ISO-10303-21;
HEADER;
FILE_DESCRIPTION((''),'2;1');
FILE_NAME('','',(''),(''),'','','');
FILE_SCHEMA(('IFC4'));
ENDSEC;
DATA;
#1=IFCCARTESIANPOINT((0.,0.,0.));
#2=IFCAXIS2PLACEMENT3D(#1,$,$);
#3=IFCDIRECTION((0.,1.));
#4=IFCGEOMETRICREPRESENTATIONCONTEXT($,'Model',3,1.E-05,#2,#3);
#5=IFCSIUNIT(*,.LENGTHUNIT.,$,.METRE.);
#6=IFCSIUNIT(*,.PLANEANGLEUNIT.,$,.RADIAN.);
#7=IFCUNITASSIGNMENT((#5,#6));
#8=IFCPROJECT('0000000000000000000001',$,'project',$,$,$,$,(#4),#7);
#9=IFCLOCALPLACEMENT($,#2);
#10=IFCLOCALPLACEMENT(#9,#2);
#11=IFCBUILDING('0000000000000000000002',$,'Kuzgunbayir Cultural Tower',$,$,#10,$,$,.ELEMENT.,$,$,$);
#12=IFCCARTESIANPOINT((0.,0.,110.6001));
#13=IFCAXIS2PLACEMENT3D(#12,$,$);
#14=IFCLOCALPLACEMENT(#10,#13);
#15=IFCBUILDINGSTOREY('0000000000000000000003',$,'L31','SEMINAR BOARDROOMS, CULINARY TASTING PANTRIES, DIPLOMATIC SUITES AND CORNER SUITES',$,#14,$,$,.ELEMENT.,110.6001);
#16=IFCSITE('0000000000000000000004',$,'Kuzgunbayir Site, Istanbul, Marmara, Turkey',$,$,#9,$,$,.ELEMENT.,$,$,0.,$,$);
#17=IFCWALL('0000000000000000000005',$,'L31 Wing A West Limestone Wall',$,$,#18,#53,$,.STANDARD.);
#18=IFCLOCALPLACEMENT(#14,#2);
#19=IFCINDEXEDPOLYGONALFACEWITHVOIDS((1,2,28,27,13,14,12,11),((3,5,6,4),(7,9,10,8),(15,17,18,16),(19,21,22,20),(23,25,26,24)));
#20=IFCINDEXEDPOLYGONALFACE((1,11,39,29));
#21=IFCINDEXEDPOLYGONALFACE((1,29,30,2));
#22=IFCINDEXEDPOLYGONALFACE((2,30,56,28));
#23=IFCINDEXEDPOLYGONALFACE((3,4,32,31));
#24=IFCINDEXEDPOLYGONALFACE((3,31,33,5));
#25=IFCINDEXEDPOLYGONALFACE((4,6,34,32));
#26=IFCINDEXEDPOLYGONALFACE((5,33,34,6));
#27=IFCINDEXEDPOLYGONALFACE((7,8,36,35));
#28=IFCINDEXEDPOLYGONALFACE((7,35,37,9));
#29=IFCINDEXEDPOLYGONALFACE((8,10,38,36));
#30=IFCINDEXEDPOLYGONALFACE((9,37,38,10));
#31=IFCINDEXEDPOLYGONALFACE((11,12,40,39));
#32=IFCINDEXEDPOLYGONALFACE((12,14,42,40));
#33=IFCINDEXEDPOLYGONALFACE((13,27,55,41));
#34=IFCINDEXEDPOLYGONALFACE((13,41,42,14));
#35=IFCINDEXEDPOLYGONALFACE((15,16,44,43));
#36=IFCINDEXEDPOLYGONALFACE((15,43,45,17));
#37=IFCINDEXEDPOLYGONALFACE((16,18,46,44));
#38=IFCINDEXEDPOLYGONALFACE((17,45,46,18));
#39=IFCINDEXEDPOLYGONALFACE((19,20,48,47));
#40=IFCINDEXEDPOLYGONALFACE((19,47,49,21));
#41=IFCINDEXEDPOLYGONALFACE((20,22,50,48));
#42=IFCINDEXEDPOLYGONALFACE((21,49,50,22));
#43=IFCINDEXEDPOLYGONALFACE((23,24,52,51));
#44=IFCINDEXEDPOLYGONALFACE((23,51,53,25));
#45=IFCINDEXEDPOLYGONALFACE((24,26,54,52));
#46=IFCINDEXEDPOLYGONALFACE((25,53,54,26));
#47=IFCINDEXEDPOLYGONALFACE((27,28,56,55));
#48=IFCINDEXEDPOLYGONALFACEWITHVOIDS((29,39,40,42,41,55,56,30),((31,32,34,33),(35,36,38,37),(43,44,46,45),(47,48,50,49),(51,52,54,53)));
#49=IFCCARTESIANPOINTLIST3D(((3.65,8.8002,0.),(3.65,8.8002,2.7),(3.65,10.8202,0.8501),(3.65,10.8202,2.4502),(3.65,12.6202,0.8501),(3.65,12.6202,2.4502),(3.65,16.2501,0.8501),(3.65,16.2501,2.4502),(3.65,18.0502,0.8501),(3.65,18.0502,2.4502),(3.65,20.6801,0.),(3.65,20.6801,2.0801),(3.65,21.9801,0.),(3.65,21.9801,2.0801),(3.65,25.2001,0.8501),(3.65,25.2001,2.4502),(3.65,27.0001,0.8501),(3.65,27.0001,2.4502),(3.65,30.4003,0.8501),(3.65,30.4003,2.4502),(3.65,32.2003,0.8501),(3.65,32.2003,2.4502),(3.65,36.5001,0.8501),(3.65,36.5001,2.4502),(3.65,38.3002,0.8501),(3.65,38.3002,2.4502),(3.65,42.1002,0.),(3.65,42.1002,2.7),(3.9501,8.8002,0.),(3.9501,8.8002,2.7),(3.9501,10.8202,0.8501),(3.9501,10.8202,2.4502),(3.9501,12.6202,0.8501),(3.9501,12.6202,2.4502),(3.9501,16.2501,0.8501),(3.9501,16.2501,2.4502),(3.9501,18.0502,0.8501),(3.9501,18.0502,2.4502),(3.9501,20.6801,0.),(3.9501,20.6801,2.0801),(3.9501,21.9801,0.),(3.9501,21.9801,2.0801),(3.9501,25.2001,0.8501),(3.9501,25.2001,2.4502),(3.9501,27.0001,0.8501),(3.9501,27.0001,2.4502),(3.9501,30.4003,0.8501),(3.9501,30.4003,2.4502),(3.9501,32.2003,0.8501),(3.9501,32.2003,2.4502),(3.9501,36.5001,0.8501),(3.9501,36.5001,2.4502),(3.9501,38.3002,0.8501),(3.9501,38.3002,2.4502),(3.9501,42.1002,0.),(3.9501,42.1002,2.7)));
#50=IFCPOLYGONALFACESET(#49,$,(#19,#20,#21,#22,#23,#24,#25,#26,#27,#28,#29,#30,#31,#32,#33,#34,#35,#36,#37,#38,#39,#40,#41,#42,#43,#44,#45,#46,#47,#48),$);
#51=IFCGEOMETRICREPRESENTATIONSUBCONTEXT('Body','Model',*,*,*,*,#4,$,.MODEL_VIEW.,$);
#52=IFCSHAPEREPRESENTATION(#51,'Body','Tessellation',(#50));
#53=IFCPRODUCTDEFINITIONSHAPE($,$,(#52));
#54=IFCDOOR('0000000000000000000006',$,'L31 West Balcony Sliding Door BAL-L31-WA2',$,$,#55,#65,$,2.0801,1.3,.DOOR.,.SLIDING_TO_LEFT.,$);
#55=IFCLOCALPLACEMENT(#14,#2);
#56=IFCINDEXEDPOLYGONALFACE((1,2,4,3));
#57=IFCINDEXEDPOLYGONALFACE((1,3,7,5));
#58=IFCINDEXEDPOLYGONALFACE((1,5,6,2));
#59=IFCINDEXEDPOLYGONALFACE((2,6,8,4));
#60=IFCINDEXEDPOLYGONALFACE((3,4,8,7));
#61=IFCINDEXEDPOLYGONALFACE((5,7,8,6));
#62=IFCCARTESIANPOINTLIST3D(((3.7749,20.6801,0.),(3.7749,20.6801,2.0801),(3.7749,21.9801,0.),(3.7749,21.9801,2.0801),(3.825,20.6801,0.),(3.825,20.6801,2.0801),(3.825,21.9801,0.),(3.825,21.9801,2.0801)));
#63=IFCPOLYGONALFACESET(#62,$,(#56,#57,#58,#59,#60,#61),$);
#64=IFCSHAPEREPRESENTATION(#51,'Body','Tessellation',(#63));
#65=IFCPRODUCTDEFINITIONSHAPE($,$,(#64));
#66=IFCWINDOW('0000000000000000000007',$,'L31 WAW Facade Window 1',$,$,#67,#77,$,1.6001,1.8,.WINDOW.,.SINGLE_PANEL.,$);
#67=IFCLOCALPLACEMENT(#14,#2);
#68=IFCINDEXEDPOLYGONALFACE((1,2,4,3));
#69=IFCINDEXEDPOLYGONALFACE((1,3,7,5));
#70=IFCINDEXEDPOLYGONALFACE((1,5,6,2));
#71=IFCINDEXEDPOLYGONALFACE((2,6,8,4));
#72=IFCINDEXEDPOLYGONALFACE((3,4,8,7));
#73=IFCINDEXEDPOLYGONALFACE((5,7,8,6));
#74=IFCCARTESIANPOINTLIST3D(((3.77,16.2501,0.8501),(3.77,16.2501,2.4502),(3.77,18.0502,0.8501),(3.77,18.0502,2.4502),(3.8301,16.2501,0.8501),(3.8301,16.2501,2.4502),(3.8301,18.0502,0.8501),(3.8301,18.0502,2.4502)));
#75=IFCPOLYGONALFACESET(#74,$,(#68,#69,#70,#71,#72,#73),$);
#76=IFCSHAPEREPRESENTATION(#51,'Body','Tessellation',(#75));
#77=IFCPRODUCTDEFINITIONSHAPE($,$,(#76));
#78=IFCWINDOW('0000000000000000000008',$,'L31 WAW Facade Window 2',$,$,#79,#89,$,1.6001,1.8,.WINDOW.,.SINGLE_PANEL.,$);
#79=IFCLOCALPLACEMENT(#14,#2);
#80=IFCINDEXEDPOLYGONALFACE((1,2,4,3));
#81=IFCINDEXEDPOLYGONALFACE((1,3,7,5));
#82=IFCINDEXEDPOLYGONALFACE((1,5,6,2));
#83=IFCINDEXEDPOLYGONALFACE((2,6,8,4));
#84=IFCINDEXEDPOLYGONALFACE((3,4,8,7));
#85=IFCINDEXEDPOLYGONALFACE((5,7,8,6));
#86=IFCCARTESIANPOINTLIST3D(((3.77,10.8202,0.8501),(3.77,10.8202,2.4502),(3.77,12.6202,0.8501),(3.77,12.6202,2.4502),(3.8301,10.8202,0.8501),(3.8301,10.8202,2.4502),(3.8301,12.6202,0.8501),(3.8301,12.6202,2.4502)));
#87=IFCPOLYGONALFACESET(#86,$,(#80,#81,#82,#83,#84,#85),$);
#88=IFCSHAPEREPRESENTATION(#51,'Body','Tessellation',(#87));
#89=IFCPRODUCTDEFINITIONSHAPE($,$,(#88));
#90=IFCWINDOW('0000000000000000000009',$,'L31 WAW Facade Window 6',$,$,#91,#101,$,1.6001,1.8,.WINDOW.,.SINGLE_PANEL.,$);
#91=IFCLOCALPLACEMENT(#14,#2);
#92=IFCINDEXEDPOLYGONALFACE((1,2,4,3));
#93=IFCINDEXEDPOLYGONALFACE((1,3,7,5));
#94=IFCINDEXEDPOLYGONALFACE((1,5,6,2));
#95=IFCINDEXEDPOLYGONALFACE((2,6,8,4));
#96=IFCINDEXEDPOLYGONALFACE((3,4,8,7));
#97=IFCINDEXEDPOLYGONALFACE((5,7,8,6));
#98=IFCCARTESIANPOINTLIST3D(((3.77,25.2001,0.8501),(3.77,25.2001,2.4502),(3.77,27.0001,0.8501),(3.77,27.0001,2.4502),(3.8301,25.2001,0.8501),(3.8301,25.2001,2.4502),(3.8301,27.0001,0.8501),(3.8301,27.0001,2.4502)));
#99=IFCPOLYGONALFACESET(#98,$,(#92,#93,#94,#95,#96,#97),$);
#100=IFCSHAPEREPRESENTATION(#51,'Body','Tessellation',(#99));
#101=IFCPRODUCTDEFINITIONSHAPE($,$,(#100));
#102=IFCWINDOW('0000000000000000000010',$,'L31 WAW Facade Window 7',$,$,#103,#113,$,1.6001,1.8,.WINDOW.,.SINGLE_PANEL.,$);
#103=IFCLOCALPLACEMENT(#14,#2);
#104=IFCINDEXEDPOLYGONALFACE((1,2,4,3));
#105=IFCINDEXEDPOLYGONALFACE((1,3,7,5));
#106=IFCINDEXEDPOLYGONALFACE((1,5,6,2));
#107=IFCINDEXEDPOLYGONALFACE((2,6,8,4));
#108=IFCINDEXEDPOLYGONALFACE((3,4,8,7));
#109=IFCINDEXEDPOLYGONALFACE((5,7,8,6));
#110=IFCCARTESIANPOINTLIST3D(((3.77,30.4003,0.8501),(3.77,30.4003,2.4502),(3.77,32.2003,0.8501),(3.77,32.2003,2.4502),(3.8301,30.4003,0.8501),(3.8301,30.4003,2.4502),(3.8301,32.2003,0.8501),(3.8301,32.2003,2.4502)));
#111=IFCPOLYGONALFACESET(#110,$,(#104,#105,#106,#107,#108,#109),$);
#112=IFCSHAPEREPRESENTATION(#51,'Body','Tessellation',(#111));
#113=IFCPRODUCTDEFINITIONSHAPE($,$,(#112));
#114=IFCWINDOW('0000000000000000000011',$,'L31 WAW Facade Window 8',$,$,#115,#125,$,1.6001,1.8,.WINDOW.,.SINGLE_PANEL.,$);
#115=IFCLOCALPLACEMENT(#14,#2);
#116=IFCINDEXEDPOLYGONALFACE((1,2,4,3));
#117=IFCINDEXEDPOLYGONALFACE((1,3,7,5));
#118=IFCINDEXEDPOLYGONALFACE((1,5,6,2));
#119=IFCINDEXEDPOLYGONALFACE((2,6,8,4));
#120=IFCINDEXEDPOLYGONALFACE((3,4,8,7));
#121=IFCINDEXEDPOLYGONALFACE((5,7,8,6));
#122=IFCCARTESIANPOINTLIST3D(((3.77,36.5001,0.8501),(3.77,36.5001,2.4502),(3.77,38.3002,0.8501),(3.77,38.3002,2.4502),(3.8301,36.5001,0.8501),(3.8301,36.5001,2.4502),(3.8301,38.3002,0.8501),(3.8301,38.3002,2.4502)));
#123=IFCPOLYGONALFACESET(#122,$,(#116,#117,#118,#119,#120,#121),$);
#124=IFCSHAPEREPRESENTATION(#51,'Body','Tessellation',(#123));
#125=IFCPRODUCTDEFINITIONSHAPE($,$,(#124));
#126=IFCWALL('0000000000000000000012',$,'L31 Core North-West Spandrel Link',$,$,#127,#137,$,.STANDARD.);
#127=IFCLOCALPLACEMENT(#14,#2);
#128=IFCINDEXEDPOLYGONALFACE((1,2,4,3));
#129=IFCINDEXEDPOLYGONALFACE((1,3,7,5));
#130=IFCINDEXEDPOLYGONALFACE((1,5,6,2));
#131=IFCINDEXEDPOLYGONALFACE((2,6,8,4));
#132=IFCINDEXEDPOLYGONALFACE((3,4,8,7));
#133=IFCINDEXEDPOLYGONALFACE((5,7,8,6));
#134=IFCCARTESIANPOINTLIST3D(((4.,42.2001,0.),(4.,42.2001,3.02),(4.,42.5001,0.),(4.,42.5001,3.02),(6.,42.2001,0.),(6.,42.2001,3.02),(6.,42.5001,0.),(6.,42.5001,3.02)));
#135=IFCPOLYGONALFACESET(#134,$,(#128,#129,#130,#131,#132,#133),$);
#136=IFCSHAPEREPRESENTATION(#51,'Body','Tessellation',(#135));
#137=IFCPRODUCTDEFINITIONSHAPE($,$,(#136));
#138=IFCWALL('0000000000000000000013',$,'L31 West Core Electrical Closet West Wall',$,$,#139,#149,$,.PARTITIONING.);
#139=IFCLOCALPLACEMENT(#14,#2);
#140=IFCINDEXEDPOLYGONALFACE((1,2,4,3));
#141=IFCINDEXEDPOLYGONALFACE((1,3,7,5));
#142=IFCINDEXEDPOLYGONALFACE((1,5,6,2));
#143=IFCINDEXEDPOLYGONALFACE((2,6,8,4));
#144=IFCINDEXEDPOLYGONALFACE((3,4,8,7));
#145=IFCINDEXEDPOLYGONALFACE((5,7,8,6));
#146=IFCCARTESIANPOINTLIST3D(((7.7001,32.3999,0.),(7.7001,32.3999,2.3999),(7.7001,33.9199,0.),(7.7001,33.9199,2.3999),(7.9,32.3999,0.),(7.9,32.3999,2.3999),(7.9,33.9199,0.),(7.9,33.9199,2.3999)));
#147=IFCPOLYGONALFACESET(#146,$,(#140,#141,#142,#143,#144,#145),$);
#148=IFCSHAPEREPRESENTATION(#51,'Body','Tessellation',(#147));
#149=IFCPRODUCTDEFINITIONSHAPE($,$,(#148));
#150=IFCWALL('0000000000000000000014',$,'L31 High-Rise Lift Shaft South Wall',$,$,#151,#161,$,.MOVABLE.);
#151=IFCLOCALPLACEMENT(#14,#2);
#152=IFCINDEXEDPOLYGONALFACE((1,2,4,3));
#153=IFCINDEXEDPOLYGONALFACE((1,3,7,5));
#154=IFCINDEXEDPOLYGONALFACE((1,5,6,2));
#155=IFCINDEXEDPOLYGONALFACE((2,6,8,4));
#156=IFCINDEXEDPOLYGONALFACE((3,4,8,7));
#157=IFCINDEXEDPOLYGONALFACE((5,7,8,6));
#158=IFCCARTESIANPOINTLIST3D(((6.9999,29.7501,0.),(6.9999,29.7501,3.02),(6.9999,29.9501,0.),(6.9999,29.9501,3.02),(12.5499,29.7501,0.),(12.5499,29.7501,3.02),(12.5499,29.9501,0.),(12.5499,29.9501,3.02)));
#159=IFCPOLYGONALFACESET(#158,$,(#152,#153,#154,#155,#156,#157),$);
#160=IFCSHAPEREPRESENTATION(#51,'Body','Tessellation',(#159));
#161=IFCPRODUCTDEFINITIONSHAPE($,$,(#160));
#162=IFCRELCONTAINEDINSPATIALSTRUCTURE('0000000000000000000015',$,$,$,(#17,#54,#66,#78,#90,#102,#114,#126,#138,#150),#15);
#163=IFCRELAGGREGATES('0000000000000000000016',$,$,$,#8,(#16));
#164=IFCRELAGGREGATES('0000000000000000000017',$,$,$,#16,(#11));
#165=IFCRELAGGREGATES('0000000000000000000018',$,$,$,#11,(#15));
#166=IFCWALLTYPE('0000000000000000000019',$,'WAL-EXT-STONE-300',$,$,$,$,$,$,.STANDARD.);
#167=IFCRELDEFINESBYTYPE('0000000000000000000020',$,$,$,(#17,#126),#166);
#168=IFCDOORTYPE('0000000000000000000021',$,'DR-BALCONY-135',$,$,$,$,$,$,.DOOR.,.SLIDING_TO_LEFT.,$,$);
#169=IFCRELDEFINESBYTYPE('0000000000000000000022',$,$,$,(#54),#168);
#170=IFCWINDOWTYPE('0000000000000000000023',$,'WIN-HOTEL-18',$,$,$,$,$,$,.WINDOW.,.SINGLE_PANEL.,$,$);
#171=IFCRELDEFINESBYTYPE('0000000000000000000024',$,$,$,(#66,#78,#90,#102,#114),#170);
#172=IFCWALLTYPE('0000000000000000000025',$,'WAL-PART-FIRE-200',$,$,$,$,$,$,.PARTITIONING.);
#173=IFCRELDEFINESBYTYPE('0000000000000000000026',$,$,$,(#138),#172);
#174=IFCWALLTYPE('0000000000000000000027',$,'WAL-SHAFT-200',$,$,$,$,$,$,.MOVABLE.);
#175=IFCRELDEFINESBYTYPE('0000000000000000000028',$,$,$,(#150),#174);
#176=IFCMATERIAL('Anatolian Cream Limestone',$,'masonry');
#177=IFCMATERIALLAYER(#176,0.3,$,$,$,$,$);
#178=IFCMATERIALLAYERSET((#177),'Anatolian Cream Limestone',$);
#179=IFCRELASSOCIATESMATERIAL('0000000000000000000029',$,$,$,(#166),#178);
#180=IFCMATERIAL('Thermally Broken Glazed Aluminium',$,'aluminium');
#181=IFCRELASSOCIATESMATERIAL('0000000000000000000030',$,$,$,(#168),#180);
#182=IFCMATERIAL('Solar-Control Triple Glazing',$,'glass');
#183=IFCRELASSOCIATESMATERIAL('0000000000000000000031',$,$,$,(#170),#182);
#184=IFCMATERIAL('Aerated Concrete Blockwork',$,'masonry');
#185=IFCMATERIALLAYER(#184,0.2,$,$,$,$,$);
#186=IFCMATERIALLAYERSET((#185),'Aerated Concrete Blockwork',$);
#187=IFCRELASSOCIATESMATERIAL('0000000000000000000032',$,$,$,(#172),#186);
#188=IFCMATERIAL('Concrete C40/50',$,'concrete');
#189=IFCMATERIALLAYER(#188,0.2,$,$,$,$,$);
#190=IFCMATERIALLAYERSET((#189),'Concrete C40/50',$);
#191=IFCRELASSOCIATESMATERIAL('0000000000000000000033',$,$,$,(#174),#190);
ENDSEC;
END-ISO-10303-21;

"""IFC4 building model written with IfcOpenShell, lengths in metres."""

from ifc_helpers import new_model, si_unit, direction, frame, frame_2d, origin, place, context, subcontext, project, spatial, rectangle, extrude, material, layer, layer_set, type_object, element, fill, save


model = new_model("IFC4")

# Units and contexts
model_context = context("Model", 3, precision=1e-05, world=origin(), true_north=direction((0.0, 1.0)))
body_context = subcontext(model_context, "Body", "Model", "MODEL_VIEW")
ifc_project = project(units=[si_unit("LENGTHUNIT", "METRE"), si_unit("PLANEANGLEUNIT", "RADIAN")], contexts=[model_context])

# Site, building, storey
site_placement = place(None, origin())
site = spatial("IfcSite", under=ifc_project, at=site_placement, Name="Kuzgunbayir Site, Istanbul, Marmara, Turkey", CompositionType="ELEMENT", RefElevation=0.0)
building_placement = place(site_placement, origin())
building = spatial("IfcBuilding", under=site, at=building_placement, Name="Kuzgunbayir Cultural Tower", CompositionType="ELEMENT")
storey_placement = place(building_placement, frame((0.0, 0.0, 110.6001)))
storey = spatial("IfcBuildingStorey", under=building, at=storey_placement, Name="L31", Description="SEMINAR BOARDROOMS, CULINARY TASTING PANTRIES, DIPLOMATIC SUITES AND CORNER SUITES", CompositionType="ELEMENT", Elevation=110.6001)

# Wall, openings, door, windows
ifc_material_1 = material(Name="Anatolian Cream Limestone", Category="masonry")
ifc_layer_1 = layer(ifc_material_1, 0.3)
ifc_layer_set_1 = layer_set([ifc_layer_1], Name="Anatolian Cream Limestone")
wall_type_1 = type_object("IfcWallType", Name="WAL-EXT-STONE-300", PredefinedType="STANDARD", material=ifc_layer_set_1)
wall_1_placement = place(storey_placement, frame((3.8, 42.1001, 0.0), z_axis=(0.0, 0.0, 1.0), x_axis=(0.0, -1.0, 0.0)))
wall_1 = element("IfcWall", 1, at=wall_1_placement, inside=storey, type_object=wall_type_1, Name="L31 Wing A West Limestone Wall", PredefinedType="STANDARD", context=body_context, shape_type="SweptSolid", body=[
    extrude(rectangle(XDim=33.3, YDim=0.3, at=frame_2d((16.6499, 0.0))), origin(), (0.0, 0.0, 1.0), 2.7),
])
opening_1_placement = place(wall_1_placement, frame((20.1201, 0.0, 0.0)))
opening_1 = element("IfcOpeningElement", 2, at=opening_1_placement, cuts=wall_1, PredefinedType="OPENING", context=body_context, shape_type="SweptSolid", body=[
    extrude(rectangle(XDim=1.3, YDim=2.0801, at=frame_2d((0.6499, 1.04))), frame((0.0, 0.1602, 0.0), z_axis=(0.0, -1.0, 0.0), x_axis=(1.0, 0.0, 0.0)), (0.0, 0.0, 1.0), 0.3201),
])
opening_2_placement = place(wall_1_placement, frame((24.05, 0.0, 0.8501)))
opening_2 = element("IfcOpeningElement", 3, at=opening_2_placement, cuts=wall_1, PredefinedType="OPENING", context=body_context, shape_type="SweptSolid", body=[
    extrude(rectangle(XDim=1.8, YDim=1.6001, at=frame_2d((0.8999, 0.8))), frame((0.0, 0.1602, 0.0), z_axis=(0.0, -1.0, 0.0), x_axis=(1.0, 0.0, 0.0)), (0.0, 0.0, 1.0), 0.3201),
])
opening_3_placement = place(wall_1_placement, frame((29.48, 0.0, 0.8501)))
opening_3 = element("IfcOpeningElement", 4, at=opening_3_placement, cuts=wall_1, PredefinedType="OPENING", context=body_context, shape_type="SweptSolid", body=[
    extrude(rectangle(XDim=1.8, YDim=1.6001, at=frame_2d((0.8999, 0.8))), frame((0.0, 0.1602, 0.0), z_axis=(0.0, -1.0, 0.0), x_axis=(1.0, 0.0, 0.0)), (0.0, 0.0, 1.0), 0.3201),
])
opening_4_placement = place(wall_1_placement, frame((15.1001, 0.0, 0.8501)))
opening_4 = element("IfcOpeningElement", 5, at=opening_4_placement, cuts=wall_1, PredefinedType="OPENING", context=body_context, shape_type="SweptSolid", body=[
    extrude(rectangle(XDim=1.8, YDim=1.6001, at=frame_2d((0.8999, 0.8))), frame((0.0, 0.1602, 0.0), z_axis=(0.0, -1.0, 0.0), x_axis=(1.0, 0.0, 0.0)), (0.0, 0.0, 1.0), 0.3201),
])
opening_5_placement = place(wall_1_placement, frame((9.8999, 0.0, 0.8501)))
opening_5 = element("IfcOpeningElement", 6, at=opening_5_placement, cuts=wall_1, PredefinedType="OPENING", context=body_context, shape_type="SweptSolid", body=[
    extrude(rectangle(XDim=1.8, YDim=1.6001, at=frame_2d((0.8999, 0.8))), frame((0.0, 0.1602, 0.0), z_axis=(0.0, -1.0, 0.0), x_axis=(1.0, 0.0, 0.0)), (0.0, 0.0, 1.0), 0.3201),
])
opening_6_placement = place(wall_1_placement, frame((3.8, 0.0, 0.8501)))
opening_6 = element("IfcOpeningElement", 7, at=opening_6_placement, cuts=wall_1, PredefinedType="OPENING", context=body_context, shape_type="SweptSolid", body=[
    extrude(rectangle(XDim=1.8, YDim=1.6001, at=frame_2d((0.8999, 0.8))), frame((0.0, 0.1602, 0.0), z_axis=(0.0, -1.0, 0.0), x_axis=(1.0, 0.0, 0.0)), (0.0, 0.0, 1.0), 0.3201),
])
ifc_material_2 = material(Name="Thermally Broken Glazed Aluminium", Category="aluminium")
door_type = type_object("IfcDoorType", Name="DR-BALCONY-135", OperationType="SLIDING_TO_LEFT", PredefinedType="DOOR", material=ifc_material_2)
door_placement = place(opening_1_placement, origin())
door = element("IfcDoor", 8, at=door_placement, inside=storey, type_object=door_type, Name="L31 West Balcony Sliding Door BAL-L31-WA2", OperationType="SLIDING_TO_LEFT", OverallHeight=2.0801, OverallWidth=1.3, PredefinedType="DOOR", context=body_context, shape_type="SweptSolid", body=[
    extrude(rectangle(XDim=1.3, YDim=2.0801, at=frame_2d((0.6499, 1.04))), frame((0.0, 0.0249, 0.0), z_axis=(0.0, -1.0, 0.0), x_axis=(1.0, 0.0, 0.0)), (0.0, 0.0, 1.0), 0.05),
])
fill(opening_1, door)
ifc_material_3 = material(Name="Solar-Control Triple Glazing", Category="glass")
window_type = type_object("IfcWindowType", Name="WIN-HOTEL-18", PartitioningType="SINGLE_PANEL", PredefinedType="WINDOW", material=ifc_material_3)
window_1_placement = place(opening_2_placement, origin())
window_1 = element("IfcWindow", 9, at=window_1_placement, inside=storey, type_object=window_type, Name="L31 WAW Facade Window 1", OverallHeight=1.6001, OverallWidth=1.8, PartitioningType="SINGLE_PANEL", PredefinedType="WINDOW", context=body_context, shape_type="SweptSolid", body=[
    extrude(rectangle(XDim=1.8, YDim=1.6001, at=frame_2d((0.8999, 0.8))), frame((0.0, 0.03, 0.0), z_axis=(0.0, -1.0, 0.0), x_axis=(1.0, 0.0, 0.0)), (0.0, 0.0, 1.0), 0.0601),
])
fill(opening_2, window_1)
window_2_placement = place(opening_3_placement, origin())
window_2 = element("IfcWindow", 10, at=window_2_placement, inside=storey, type_object=window_type, Name="L31 WAW Facade Window 2", OverallHeight=1.6001, OverallWidth=1.8, PartitioningType="SINGLE_PANEL", PredefinedType="WINDOW", context=body_context, shape_type="SweptSolid", body=[
    extrude(rectangle(XDim=1.8, YDim=1.6001, at=frame_2d((0.8999, 0.8))), frame((0.0, 0.03, 0.0), z_axis=(0.0, -1.0, 0.0), x_axis=(1.0, 0.0, 0.0)), (0.0, 0.0, 1.0), 0.0601),
])
fill(opening_3, window_2)
window_3_placement = place(opening_4_placement, origin())
window_3 = element("IfcWindow", 11, at=window_3_placement, inside=storey, type_object=window_type, Name="L31 WAW Facade Window 6", OverallHeight=1.6001, OverallWidth=1.8, PartitioningType="SINGLE_PANEL", PredefinedType="WINDOW", context=body_context, shape_type="SweptSolid", body=[
    extrude(rectangle(XDim=1.8, YDim=1.6001, at=frame_2d((0.8999, 0.8))), frame((0.0, 0.03, 0.0), z_axis=(0.0, -1.0, 0.0), x_axis=(1.0, 0.0, 0.0)), (0.0, 0.0, 1.0), 0.0601),
])
fill(opening_4, window_3)
window_4_placement = place(opening_5_placement, origin())
window_4 = element("IfcWindow", 12, at=window_4_placement, inside=storey, type_object=window_type, Name="L31 WAW Facade Window 7", OverallHeight=1.6001, OverallWidth=1.8, PartitioningType="SINGLE_PANEL", PredefinedType="WINDOW", context=body_context, shape_type="SweptSolid", body=[
    extrude(rectangle(XDim=1.8, YDim=1.6001, at=frame_2d((0.8999, 0.8))), frame((0.0, 0.03, 0.0), z_axis=(0.0, -1.0, 0.0), x_axis=(1.0, 0.0, 0.0)), (0.0, 0.0, 1.0), 0.0601),
])
fill(opening_5, window_4)
window_5_placement = place(opening_6_placement, origin())
window_5 = element("IfcWindow", 13, at=window_5_placement, inside=storey, type_object=window_type, Name="L31 WAW Facade Window 8", OverallHeight=1.6001, OverallWidth=1.8, PartitioningType="SINGLE_PANEL", PredefinedType="WINDOW", context=body_context, shape_type="SweptSolid", body=[
    extrude(rectangle(XDim=1.8, YDim=1.6001, at=frame_2d((0.8999, 0.8))), frame((0.0, 0.03, 0.0), z_axis=(0.0, -1.0, 0.0), x_axis=(1.0, 0.0, 0.0)), (0.0, 0.0, 1.0), 0.0601),
])
fill(opening_6, window_5)

# Walls
wall_2_placement = place(storey_placement, frame((6.0, 42.3501, 0.0), z_axis=(0.0, 0.0, 1.0), x_axis=(-1.0, 0.0, 0.0)))
element("IfcWall", 14, at=wall_2_placement, inside=storey, type_object=wall_type_1, Name="L31 Core North-West Spandrel Link", PredefinedType="STANDARD", context=body_context, shape_type="SweptSolid", body=[
    extrude(rectangle(XDim=2.0, YDim=0.3, at=frame_2d((1.0, 0.0))), origin(), (0.0, 0.0, 1.0), 3.02),
])
ifc_material_4 = material(Name="Aerated Concrete Blockwork", Category="masonry")
ifc_layer_2 = layer(ifc_material_4, 0.2)
ifc_layer_set_2 = layer_set([ifc_layer_2], Name="Aerated Concrete Blockwork")
wall_type_2 = type_object("IfcWallType", Name="WAL-PART-FIRE-200", PredefinedType="PARTITIONING", material=ifc_layer_set_2)
wall_3_placement = place(storey_placement, frame((7.8, 32.3999, 0.0), z_axis=(0.0, 0.0, 1.0), x_axis=(0.0, 1.0, 0.0)))
element("IfcWall", 15, at=wall_3_placement, inside=storey, type_object=wall_type_2, Name="L31 West Core Electrical Closet West Wall", PredefinedType="PARTITIONING", context=body_context, shape_type="SweptSolid", body=[
    extrude(rectangle(XDim=1.52, YDim=0.2, at=frame_2d((0.76, 0.0))), origin(), (0.0, 0.0, 1.0), 2.3999),
])
ifc_material_5 = material(Name="Concrete C40/50", Category="concrete")
ifc_layer_3 = layer(ifc_material_5, 0.2)
ifc_layer_set_3 = layer_set([ifc_layer_3], Name="Concrete C40/50")
wall_type_3 = type_object("IfcWallType", Name="WAL-SHAFT-200", PredefinedType="MOVABLE", material=ifc_layer_set_3)
for number, where, z_axis, x_axis, name in (
    (16, (7.0, 29.8501, 0.0), (0.0, 0.0, 1.0), (1.0, 0.0, 0.0), "L31 High-Rise Lift Shaft South Wall"),
):
    element("IfcWall", number, at=place(storey_placement, frame(where, z_axis=z_axis, x_axis=x_axis)), inside=storey, type_object=wall_type_3, Name=name, PredefinedType="MOVABLE", context=body_context, shape_type="SweptSolid", body=[
        extrude(rectangle(XDim=5.55, YDim=0.2, at=frame_2d((2.7749, 0.0))), origin(), (0.0, 0.0, 1.0), 3.02),
    ])

save(model, "model.ifc")
